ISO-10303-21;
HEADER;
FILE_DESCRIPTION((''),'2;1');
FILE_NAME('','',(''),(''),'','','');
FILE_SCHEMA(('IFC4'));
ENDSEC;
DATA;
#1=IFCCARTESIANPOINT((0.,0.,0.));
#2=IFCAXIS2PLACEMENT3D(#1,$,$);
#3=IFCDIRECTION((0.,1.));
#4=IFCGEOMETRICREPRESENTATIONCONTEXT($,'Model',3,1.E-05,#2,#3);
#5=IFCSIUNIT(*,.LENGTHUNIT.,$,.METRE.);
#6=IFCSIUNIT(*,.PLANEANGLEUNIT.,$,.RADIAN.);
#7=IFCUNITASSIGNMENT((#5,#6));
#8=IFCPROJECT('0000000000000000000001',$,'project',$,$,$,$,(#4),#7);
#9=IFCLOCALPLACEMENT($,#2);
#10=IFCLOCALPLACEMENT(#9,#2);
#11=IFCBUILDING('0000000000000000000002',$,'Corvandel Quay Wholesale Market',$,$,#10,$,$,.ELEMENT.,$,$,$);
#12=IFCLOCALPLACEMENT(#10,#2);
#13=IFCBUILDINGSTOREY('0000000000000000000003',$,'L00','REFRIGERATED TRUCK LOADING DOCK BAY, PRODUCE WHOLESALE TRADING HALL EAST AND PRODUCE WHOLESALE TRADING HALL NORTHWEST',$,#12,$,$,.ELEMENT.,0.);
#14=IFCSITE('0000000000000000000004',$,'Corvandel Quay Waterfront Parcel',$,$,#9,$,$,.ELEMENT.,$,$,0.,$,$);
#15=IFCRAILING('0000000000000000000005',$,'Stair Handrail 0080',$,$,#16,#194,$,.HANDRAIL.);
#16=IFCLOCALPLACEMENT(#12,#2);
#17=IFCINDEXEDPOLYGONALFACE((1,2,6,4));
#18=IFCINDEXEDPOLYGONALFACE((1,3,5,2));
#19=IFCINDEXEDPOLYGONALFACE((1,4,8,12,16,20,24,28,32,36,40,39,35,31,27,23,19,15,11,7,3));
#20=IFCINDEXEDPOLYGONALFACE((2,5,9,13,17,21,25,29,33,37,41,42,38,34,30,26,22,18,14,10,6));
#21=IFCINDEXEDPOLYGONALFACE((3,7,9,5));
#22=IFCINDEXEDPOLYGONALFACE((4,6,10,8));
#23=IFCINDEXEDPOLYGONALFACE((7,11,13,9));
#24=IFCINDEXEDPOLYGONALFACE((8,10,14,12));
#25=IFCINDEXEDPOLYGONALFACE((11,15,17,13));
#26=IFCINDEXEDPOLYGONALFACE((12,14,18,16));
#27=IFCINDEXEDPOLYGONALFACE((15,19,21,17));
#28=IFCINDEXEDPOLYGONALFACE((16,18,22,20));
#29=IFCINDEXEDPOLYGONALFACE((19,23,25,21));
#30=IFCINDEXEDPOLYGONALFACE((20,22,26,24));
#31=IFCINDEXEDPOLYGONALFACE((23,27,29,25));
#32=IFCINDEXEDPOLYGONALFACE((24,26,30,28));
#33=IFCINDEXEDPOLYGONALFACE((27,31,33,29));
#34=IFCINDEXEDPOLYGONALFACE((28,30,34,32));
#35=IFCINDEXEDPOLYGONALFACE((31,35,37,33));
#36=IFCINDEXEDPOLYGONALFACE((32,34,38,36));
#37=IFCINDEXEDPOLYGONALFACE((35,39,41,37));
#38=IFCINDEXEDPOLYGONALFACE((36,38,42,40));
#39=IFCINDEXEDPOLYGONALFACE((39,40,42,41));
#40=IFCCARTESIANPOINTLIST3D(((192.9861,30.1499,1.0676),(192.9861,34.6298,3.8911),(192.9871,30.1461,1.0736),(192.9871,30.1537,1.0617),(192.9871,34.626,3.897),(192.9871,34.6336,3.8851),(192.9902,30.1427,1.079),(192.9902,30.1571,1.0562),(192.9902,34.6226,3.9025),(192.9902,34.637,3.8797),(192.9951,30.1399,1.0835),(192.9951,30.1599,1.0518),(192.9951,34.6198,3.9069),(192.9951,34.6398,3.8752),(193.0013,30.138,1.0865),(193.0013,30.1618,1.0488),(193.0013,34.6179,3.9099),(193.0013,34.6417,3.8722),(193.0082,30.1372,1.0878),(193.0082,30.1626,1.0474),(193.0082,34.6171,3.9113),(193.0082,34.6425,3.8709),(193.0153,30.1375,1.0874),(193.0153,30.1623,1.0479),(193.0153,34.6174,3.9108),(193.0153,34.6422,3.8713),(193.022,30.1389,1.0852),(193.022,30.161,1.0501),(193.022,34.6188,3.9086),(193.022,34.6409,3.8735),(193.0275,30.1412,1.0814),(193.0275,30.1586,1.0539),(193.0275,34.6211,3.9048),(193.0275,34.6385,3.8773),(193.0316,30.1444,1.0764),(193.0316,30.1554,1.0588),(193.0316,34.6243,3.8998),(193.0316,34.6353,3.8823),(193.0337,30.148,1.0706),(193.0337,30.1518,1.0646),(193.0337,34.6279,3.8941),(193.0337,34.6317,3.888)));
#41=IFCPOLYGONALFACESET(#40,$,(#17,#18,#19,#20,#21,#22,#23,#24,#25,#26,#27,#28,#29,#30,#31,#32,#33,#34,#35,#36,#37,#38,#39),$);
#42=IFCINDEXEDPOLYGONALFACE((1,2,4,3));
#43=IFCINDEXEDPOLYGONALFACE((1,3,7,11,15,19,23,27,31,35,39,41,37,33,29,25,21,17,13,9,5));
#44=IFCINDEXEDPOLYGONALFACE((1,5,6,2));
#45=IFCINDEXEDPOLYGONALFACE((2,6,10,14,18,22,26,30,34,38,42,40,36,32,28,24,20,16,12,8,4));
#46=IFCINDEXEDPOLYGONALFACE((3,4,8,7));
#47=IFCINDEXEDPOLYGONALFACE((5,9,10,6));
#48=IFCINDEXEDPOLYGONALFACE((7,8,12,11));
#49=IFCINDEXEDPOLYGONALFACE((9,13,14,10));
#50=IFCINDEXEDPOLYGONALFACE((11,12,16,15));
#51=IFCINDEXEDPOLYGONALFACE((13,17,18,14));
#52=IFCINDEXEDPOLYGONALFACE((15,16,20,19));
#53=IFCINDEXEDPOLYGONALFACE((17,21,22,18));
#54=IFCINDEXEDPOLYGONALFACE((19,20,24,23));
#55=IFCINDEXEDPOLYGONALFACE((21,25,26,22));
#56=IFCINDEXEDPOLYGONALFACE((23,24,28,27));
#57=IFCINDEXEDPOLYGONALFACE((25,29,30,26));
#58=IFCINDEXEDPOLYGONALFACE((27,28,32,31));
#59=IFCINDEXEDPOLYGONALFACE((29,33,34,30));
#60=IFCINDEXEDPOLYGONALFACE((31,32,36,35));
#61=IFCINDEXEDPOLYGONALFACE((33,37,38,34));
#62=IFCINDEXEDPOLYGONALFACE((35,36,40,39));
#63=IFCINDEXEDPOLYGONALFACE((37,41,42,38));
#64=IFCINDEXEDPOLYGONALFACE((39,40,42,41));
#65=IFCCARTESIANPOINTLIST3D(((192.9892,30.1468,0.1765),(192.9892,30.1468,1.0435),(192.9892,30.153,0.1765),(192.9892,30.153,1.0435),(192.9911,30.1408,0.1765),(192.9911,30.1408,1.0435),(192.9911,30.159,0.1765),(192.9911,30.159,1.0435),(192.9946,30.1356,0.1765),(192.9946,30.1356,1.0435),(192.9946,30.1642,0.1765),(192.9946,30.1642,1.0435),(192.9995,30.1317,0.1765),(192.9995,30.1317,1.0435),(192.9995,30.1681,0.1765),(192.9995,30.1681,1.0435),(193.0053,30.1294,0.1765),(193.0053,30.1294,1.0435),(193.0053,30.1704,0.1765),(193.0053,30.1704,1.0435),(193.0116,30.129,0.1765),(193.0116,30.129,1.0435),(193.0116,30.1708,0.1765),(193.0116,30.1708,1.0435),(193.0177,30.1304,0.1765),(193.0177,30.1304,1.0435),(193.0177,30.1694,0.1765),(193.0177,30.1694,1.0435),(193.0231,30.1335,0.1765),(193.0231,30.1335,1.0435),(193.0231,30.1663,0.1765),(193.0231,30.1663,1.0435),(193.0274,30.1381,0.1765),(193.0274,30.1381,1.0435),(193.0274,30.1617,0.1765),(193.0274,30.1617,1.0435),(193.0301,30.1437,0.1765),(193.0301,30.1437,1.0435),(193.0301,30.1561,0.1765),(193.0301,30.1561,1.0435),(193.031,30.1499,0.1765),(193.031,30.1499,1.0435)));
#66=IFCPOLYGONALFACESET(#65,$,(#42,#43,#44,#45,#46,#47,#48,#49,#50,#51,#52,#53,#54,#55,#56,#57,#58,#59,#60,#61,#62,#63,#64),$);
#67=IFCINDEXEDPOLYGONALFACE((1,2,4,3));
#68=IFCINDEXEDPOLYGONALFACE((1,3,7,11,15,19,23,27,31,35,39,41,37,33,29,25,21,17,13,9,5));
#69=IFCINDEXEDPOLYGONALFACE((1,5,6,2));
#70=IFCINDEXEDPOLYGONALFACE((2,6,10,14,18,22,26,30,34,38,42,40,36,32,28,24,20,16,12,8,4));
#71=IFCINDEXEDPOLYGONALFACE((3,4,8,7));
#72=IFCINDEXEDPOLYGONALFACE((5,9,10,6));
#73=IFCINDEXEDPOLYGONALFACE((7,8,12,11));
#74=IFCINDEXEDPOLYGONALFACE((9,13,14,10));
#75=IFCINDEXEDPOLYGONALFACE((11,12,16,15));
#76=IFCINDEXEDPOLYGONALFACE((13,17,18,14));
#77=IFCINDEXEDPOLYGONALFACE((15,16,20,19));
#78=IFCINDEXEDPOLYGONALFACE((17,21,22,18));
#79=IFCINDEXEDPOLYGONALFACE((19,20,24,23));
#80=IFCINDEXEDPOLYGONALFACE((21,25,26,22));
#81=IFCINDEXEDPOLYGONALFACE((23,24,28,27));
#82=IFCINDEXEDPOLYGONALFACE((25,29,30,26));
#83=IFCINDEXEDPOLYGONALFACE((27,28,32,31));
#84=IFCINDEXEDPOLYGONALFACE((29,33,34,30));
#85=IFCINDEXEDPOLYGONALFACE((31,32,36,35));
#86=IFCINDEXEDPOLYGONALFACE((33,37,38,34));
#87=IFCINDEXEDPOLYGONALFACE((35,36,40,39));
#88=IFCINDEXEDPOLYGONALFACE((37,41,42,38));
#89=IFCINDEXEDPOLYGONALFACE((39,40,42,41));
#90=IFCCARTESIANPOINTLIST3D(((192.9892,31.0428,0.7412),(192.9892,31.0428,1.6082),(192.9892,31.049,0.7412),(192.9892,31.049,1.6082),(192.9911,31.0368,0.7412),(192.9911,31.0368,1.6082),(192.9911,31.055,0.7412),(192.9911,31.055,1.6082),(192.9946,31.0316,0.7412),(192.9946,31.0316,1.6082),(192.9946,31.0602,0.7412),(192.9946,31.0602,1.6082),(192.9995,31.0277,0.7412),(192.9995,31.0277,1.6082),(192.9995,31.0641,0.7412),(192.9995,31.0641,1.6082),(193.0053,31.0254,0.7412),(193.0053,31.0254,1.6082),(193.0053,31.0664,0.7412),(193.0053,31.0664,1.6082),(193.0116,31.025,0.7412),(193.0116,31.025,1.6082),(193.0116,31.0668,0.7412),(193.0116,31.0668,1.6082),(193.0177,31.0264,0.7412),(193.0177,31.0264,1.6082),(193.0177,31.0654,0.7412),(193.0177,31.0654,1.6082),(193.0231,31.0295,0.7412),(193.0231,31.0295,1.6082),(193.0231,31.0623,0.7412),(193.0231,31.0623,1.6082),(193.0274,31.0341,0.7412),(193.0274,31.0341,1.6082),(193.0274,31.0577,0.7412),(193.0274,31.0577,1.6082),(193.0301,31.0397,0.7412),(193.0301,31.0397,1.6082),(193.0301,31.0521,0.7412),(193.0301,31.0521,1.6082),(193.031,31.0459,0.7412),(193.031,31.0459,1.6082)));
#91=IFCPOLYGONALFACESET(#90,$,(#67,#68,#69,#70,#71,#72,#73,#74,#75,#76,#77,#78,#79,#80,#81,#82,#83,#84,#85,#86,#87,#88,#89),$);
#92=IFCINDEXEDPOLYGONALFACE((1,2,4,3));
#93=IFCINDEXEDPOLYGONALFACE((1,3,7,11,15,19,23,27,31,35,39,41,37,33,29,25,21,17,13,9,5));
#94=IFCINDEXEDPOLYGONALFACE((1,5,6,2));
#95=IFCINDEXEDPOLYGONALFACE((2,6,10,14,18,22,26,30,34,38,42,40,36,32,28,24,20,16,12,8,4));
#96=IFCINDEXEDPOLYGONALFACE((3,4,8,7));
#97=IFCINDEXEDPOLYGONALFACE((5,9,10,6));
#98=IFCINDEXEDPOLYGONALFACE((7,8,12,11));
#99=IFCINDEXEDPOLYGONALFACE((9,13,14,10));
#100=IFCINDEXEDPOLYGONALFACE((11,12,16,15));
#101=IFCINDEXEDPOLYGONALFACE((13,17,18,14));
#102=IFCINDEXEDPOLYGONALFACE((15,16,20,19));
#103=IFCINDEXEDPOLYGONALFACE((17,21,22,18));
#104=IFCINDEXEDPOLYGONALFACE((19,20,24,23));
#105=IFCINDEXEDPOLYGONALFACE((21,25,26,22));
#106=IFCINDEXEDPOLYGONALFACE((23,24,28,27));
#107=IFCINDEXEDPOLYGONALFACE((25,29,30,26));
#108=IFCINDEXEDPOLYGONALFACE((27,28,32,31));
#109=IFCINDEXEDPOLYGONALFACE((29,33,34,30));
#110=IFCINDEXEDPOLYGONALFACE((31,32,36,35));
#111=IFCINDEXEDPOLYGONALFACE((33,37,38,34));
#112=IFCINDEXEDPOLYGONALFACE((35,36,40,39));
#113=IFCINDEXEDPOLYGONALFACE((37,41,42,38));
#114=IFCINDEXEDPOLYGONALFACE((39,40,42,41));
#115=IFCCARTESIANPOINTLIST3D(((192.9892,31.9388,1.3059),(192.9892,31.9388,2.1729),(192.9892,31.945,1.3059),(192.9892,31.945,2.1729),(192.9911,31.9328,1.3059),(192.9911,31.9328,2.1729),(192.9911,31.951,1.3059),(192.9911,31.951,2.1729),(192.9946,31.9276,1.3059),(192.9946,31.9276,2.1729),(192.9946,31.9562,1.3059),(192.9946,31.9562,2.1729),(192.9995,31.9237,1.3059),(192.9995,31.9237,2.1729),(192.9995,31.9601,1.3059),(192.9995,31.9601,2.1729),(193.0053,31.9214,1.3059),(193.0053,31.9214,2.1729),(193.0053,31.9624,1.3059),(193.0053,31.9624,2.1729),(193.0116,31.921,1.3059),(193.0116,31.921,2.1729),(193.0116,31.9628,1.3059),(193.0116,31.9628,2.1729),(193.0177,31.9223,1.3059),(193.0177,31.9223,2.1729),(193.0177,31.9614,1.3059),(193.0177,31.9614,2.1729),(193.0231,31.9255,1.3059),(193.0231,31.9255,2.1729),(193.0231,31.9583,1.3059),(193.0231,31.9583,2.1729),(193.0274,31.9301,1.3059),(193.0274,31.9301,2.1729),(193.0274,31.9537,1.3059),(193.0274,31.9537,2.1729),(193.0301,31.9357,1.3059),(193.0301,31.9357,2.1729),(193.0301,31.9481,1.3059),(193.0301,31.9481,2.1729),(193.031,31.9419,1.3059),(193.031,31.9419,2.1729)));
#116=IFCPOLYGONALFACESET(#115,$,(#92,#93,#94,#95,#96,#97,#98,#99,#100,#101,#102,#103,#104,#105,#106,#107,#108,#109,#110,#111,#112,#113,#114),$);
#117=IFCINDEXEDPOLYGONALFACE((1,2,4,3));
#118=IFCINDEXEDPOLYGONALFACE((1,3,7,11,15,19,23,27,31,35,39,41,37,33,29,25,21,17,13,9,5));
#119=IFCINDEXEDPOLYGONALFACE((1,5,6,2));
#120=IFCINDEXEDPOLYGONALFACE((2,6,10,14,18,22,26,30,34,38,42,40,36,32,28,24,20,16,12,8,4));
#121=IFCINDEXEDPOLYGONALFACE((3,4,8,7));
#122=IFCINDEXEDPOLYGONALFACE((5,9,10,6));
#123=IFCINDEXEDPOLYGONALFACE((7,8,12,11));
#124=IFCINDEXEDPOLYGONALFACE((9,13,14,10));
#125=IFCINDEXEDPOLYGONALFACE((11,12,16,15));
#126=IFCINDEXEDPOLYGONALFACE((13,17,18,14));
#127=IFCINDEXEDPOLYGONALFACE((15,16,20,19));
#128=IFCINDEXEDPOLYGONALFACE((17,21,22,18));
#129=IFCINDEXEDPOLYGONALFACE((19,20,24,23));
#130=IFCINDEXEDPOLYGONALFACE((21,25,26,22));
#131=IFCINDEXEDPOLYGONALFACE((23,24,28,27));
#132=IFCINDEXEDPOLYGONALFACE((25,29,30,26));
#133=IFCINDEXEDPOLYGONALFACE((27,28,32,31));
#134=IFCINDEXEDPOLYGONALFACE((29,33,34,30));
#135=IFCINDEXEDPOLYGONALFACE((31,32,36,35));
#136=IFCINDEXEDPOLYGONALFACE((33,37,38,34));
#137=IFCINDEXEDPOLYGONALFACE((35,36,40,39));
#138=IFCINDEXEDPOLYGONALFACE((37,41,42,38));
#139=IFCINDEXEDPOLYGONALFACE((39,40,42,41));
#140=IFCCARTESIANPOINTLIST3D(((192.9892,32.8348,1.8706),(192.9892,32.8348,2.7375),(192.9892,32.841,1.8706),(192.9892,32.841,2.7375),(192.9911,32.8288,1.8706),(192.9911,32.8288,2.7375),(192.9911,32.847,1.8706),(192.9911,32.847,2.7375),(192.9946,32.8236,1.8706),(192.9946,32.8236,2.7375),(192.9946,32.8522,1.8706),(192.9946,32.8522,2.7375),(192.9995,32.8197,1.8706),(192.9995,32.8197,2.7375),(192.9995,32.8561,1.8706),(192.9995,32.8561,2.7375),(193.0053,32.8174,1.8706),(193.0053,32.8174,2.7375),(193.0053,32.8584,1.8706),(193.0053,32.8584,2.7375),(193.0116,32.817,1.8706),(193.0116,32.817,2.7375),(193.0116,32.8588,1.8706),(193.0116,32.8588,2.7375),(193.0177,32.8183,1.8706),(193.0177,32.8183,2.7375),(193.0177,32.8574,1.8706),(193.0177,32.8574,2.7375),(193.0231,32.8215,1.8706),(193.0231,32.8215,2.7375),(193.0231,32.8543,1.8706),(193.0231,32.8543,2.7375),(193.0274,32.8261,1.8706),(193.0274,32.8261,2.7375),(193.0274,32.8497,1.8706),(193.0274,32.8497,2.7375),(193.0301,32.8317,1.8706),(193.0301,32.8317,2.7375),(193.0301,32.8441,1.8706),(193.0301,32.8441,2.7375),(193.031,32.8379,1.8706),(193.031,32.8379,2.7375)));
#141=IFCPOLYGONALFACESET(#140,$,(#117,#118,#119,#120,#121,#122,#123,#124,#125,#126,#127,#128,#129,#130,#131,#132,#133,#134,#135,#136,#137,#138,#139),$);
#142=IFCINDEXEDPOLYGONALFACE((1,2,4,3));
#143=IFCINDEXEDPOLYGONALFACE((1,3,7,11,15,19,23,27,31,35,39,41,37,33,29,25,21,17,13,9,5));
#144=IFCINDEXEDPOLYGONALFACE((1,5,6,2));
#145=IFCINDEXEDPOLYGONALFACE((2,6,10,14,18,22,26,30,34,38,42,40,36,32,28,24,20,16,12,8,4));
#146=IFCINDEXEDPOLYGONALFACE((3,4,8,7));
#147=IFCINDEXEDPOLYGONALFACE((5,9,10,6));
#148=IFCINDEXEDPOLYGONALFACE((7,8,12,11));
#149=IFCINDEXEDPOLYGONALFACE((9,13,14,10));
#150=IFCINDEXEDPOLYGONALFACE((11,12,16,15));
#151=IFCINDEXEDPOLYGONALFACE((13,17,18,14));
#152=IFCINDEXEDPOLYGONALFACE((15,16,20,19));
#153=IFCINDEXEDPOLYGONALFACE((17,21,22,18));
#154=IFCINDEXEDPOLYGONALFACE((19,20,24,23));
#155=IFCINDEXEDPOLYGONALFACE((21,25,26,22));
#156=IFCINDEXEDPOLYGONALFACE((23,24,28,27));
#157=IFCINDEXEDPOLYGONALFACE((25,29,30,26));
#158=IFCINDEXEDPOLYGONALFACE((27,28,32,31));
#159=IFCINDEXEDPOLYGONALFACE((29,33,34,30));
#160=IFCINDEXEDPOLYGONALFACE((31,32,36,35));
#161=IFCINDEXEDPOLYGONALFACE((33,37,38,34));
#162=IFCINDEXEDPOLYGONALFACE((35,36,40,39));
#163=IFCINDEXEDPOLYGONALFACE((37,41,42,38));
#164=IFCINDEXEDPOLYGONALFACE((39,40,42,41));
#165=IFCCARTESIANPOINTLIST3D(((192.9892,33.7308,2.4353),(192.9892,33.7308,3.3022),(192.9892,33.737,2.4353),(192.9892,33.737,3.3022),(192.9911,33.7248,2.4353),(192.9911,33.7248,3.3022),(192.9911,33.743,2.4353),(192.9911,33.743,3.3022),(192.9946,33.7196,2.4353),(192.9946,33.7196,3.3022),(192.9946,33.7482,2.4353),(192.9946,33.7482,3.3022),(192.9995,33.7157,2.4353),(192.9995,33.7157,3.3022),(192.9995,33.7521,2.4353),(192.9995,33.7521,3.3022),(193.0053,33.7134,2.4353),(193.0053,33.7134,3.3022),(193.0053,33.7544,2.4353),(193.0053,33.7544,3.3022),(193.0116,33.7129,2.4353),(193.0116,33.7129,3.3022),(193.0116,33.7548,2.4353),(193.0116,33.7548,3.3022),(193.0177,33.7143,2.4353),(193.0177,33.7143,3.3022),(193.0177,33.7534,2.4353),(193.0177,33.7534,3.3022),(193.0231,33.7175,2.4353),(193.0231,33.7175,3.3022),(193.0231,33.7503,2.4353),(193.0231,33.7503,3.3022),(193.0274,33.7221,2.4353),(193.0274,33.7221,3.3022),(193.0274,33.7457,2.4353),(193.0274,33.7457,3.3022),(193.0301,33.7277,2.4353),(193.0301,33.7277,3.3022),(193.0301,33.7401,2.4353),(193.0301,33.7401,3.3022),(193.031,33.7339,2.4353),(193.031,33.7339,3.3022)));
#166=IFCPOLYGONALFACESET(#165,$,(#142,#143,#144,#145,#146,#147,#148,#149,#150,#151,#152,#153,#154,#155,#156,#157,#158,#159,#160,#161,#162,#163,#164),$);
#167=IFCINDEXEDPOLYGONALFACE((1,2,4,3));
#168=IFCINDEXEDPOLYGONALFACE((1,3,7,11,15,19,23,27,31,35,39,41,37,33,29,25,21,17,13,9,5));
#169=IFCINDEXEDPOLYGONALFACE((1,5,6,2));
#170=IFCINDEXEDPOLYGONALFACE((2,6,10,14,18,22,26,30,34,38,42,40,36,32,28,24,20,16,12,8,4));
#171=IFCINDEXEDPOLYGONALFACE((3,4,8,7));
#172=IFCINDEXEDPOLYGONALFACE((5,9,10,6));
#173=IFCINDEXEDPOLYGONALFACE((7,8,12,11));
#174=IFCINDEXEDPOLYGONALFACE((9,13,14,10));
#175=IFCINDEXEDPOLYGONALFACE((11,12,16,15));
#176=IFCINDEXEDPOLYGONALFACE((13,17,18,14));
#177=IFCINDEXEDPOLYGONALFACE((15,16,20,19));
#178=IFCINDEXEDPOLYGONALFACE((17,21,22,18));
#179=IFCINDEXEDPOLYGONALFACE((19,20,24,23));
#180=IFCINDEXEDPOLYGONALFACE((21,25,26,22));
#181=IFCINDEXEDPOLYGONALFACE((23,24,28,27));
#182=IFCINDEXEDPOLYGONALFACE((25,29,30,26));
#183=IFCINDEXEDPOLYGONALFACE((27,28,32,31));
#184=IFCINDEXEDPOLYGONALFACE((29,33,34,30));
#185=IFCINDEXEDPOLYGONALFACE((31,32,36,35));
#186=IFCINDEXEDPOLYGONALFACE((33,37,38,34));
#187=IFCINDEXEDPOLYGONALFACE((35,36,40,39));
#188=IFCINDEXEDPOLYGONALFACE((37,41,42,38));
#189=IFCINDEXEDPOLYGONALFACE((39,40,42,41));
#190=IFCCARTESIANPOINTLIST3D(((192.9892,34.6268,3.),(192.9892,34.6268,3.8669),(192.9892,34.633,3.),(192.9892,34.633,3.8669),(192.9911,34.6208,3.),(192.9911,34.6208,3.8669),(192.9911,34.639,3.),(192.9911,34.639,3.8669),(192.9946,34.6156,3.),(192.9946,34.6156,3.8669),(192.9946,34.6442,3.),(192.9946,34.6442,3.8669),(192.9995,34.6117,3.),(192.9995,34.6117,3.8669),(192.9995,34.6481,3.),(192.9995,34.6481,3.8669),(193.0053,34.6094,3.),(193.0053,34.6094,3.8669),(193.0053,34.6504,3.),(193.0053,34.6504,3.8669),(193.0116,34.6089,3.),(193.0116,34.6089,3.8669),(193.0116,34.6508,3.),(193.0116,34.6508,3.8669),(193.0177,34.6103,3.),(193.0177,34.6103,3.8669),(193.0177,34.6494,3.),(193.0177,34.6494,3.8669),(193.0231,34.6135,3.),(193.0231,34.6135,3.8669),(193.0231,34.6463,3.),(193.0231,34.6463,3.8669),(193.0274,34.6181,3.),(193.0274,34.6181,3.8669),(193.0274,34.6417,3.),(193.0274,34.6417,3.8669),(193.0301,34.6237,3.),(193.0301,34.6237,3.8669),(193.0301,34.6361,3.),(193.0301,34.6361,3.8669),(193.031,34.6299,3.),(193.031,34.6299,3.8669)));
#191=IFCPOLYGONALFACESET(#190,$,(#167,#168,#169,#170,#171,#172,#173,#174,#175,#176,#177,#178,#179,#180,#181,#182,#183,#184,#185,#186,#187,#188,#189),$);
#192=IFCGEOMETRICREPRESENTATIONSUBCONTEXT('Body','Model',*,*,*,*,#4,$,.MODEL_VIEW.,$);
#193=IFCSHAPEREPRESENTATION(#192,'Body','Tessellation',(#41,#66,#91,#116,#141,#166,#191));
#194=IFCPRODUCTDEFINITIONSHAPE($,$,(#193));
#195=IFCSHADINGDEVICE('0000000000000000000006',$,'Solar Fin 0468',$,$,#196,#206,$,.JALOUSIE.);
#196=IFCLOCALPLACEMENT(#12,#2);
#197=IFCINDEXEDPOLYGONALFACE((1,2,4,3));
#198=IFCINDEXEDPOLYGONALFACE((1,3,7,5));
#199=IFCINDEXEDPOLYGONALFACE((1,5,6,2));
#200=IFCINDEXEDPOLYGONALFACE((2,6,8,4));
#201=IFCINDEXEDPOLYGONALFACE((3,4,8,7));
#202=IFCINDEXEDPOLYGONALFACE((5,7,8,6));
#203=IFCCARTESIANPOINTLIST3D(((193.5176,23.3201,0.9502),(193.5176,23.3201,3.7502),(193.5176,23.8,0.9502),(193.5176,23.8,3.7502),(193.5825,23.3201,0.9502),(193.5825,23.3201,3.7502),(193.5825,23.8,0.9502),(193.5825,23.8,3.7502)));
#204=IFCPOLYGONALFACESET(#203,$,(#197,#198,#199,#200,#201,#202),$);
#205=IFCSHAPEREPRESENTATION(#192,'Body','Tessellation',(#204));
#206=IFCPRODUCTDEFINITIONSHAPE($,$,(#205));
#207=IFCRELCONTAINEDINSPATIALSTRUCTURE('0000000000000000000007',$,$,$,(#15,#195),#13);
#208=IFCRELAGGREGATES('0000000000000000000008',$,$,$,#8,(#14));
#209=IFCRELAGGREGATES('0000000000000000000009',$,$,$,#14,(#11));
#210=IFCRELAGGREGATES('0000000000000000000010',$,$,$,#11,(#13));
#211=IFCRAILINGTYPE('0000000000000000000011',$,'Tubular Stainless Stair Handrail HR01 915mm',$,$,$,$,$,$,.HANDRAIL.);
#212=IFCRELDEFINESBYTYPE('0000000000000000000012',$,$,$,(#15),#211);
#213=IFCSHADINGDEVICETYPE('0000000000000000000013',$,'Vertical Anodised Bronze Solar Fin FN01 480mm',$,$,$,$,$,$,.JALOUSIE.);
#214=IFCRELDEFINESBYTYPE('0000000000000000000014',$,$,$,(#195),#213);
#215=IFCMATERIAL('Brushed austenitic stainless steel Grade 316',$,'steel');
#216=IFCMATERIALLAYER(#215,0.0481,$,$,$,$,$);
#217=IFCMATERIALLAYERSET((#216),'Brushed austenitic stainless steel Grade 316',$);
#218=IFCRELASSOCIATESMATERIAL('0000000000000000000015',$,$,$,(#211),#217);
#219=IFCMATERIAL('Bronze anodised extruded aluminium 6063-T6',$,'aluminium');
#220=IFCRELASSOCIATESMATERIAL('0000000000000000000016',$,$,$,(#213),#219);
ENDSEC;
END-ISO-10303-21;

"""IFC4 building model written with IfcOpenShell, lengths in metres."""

from ifc_helpers import new_model, si_unit, direction, frame, origin, origin_2d, place, context, subcontext, project, spatial, rectangle, circle, extrude, material, layer, layer_set, type_object, element, save


model = new_model("IFC4")

# Units and contexts
model_context = context("Model", 3, precision=1e-05, world=origin(), true_north=direction((0.0, 1.0)))
body_context = subcontext(model_context, "Body", "Model", "MODEL_VIEW")
ifc_project = project(units=[si_unit("LENGTHUNIT", "METRE"), si_unit("PLANEANGLEUNIT", "RADIAN")], contexts=[model_context])

# Site, building, storey
site_placement = place(None, origin())
site = spatial("IfcSite", under=ifc_project, at=site_placement, Name="Corvandel Quay Waterfront Parcel", CompositionType="ELEMENT", RefElevation=0.0)
building_placement = place(site_placement, origin())
building = spatial("IfcBuilding", under=site, at=building_placement, Name="Corvandel Quay Wholesale Market", CompositionType="ELEMENT")
storey_placement = place(building_placement, origin())
storey = spatial("IfcBuildingStorey", under=building, at=storey_placement, Name="L00", Description="REFRIGERATED TRUCK LOADING DOCK BAY, PRODUCE WHOLESALE TRADING HALL EAST AND PRODUCE WHOLESALE TRADING HALL NORTHWEST", CompositionType="ELEMENT", Elevation=0.0)

# Railing
ifc_material_1 = material(Name="Brushed austenitic stainless steel Grade 316", Category="steel")
ifc_layer_1 = layer(ifc_material_1, 0.0481)
ifc_layer_set_1 = layer_set([ifc_layer_1], Name="Brushed austenitic stainless steel Grade 316")
railing_type = type_object("IfcRailingType", Name="Tubular Stainless Stair Handrail HR01 915mm", PredefinedType="HANDRAIL", material=ifc_layer_set_1)
railing_placement = place(storey_placement, frame((193.01, 30.1499, 0.1765)))
element("IfcRailing", 1, at=railing_placement, inside=storey, type_object=railing_type, Name="Stair Handrail 0080", PredefinedType="HANDRAIL", context=body_context, shape_type="SweptSolid", body=[
    extrude(circle(Radius=0.0239, at=origin_2d()), frame((0.0, 0.0, 0.8911), z_axis=(0.0, 0.845998, 0.533186), x_axis=(-1.0, 0.0, 0.0)), (0.0, 0.0, 1.0), 5.2954),
    extrude(circle(Radius=0.021, at=origin_2d()), origin(), (0.0, 0.0, 1.0), 0.8669),
    extrude(circle(Radius=0.021, at=origin_2d()), frame((0.0, 0.896, 0.5647)), (0.0, 0.0, 1.0), 0.8669),
    extrude(circle(Radius=0.021, at=origin_2d()), frame((0.0, 1.792, 1.1294)), (0.0, 0.0, 1.0), 0.8669),
    extrude(circle(Radius=0.021, at=origin_2d()), frame((0.0, 2.688, 1.6941)), (0.0, 0.0, 1.0), 0.8669),
    extrude(circle(Radius=0.021, at=origin_2d()), frame((0.0, 3.584, 2.2588)), (0.0, 0.0, 1.0), 0.8669),
    extrude(circle(Radius=0.021, at=origin_2d()), frame((0.0, 4.48, 2.8235)), (0.0, 0.0, 1.0), 0.8669),
])

# Shading device
ifc_material_2 = material(Name="Bronze anodised extruded aluminium 6063-T6", Category="aluminium")
shading_device_type = type_object("IfcShadingDeviceType", Name="Vertical Anodised Bronze Solar Fin FN01 480mm", PredefinedType="JALOUSIE", material=ifc_material_2)
for number, where, z_axis, x_axis, name in (
    (2, (193.55, 23.5601, 0.9502), (0.0, 0.0, 1.0), (0.0, 1.0, 0.0), "Solar Fin 0468"),
):
    element("IfcShadingDevice", number, at=place(storey_placement, frame(where, z_axis=z_axis, x_axis=x_axis)), inside=storey, type_object=shading_device_type, Name=name, PredefinedType="JALOUSIE", context=body_context, shape_type="SweptSolid", body=[
        extrude(rectangle(XDim=0.48, YDim=0.0649, at=origin_2d()), origin(), (0.0, 0.0, 1.0), 2.8),
    ])

save(model, "model.ifc")
